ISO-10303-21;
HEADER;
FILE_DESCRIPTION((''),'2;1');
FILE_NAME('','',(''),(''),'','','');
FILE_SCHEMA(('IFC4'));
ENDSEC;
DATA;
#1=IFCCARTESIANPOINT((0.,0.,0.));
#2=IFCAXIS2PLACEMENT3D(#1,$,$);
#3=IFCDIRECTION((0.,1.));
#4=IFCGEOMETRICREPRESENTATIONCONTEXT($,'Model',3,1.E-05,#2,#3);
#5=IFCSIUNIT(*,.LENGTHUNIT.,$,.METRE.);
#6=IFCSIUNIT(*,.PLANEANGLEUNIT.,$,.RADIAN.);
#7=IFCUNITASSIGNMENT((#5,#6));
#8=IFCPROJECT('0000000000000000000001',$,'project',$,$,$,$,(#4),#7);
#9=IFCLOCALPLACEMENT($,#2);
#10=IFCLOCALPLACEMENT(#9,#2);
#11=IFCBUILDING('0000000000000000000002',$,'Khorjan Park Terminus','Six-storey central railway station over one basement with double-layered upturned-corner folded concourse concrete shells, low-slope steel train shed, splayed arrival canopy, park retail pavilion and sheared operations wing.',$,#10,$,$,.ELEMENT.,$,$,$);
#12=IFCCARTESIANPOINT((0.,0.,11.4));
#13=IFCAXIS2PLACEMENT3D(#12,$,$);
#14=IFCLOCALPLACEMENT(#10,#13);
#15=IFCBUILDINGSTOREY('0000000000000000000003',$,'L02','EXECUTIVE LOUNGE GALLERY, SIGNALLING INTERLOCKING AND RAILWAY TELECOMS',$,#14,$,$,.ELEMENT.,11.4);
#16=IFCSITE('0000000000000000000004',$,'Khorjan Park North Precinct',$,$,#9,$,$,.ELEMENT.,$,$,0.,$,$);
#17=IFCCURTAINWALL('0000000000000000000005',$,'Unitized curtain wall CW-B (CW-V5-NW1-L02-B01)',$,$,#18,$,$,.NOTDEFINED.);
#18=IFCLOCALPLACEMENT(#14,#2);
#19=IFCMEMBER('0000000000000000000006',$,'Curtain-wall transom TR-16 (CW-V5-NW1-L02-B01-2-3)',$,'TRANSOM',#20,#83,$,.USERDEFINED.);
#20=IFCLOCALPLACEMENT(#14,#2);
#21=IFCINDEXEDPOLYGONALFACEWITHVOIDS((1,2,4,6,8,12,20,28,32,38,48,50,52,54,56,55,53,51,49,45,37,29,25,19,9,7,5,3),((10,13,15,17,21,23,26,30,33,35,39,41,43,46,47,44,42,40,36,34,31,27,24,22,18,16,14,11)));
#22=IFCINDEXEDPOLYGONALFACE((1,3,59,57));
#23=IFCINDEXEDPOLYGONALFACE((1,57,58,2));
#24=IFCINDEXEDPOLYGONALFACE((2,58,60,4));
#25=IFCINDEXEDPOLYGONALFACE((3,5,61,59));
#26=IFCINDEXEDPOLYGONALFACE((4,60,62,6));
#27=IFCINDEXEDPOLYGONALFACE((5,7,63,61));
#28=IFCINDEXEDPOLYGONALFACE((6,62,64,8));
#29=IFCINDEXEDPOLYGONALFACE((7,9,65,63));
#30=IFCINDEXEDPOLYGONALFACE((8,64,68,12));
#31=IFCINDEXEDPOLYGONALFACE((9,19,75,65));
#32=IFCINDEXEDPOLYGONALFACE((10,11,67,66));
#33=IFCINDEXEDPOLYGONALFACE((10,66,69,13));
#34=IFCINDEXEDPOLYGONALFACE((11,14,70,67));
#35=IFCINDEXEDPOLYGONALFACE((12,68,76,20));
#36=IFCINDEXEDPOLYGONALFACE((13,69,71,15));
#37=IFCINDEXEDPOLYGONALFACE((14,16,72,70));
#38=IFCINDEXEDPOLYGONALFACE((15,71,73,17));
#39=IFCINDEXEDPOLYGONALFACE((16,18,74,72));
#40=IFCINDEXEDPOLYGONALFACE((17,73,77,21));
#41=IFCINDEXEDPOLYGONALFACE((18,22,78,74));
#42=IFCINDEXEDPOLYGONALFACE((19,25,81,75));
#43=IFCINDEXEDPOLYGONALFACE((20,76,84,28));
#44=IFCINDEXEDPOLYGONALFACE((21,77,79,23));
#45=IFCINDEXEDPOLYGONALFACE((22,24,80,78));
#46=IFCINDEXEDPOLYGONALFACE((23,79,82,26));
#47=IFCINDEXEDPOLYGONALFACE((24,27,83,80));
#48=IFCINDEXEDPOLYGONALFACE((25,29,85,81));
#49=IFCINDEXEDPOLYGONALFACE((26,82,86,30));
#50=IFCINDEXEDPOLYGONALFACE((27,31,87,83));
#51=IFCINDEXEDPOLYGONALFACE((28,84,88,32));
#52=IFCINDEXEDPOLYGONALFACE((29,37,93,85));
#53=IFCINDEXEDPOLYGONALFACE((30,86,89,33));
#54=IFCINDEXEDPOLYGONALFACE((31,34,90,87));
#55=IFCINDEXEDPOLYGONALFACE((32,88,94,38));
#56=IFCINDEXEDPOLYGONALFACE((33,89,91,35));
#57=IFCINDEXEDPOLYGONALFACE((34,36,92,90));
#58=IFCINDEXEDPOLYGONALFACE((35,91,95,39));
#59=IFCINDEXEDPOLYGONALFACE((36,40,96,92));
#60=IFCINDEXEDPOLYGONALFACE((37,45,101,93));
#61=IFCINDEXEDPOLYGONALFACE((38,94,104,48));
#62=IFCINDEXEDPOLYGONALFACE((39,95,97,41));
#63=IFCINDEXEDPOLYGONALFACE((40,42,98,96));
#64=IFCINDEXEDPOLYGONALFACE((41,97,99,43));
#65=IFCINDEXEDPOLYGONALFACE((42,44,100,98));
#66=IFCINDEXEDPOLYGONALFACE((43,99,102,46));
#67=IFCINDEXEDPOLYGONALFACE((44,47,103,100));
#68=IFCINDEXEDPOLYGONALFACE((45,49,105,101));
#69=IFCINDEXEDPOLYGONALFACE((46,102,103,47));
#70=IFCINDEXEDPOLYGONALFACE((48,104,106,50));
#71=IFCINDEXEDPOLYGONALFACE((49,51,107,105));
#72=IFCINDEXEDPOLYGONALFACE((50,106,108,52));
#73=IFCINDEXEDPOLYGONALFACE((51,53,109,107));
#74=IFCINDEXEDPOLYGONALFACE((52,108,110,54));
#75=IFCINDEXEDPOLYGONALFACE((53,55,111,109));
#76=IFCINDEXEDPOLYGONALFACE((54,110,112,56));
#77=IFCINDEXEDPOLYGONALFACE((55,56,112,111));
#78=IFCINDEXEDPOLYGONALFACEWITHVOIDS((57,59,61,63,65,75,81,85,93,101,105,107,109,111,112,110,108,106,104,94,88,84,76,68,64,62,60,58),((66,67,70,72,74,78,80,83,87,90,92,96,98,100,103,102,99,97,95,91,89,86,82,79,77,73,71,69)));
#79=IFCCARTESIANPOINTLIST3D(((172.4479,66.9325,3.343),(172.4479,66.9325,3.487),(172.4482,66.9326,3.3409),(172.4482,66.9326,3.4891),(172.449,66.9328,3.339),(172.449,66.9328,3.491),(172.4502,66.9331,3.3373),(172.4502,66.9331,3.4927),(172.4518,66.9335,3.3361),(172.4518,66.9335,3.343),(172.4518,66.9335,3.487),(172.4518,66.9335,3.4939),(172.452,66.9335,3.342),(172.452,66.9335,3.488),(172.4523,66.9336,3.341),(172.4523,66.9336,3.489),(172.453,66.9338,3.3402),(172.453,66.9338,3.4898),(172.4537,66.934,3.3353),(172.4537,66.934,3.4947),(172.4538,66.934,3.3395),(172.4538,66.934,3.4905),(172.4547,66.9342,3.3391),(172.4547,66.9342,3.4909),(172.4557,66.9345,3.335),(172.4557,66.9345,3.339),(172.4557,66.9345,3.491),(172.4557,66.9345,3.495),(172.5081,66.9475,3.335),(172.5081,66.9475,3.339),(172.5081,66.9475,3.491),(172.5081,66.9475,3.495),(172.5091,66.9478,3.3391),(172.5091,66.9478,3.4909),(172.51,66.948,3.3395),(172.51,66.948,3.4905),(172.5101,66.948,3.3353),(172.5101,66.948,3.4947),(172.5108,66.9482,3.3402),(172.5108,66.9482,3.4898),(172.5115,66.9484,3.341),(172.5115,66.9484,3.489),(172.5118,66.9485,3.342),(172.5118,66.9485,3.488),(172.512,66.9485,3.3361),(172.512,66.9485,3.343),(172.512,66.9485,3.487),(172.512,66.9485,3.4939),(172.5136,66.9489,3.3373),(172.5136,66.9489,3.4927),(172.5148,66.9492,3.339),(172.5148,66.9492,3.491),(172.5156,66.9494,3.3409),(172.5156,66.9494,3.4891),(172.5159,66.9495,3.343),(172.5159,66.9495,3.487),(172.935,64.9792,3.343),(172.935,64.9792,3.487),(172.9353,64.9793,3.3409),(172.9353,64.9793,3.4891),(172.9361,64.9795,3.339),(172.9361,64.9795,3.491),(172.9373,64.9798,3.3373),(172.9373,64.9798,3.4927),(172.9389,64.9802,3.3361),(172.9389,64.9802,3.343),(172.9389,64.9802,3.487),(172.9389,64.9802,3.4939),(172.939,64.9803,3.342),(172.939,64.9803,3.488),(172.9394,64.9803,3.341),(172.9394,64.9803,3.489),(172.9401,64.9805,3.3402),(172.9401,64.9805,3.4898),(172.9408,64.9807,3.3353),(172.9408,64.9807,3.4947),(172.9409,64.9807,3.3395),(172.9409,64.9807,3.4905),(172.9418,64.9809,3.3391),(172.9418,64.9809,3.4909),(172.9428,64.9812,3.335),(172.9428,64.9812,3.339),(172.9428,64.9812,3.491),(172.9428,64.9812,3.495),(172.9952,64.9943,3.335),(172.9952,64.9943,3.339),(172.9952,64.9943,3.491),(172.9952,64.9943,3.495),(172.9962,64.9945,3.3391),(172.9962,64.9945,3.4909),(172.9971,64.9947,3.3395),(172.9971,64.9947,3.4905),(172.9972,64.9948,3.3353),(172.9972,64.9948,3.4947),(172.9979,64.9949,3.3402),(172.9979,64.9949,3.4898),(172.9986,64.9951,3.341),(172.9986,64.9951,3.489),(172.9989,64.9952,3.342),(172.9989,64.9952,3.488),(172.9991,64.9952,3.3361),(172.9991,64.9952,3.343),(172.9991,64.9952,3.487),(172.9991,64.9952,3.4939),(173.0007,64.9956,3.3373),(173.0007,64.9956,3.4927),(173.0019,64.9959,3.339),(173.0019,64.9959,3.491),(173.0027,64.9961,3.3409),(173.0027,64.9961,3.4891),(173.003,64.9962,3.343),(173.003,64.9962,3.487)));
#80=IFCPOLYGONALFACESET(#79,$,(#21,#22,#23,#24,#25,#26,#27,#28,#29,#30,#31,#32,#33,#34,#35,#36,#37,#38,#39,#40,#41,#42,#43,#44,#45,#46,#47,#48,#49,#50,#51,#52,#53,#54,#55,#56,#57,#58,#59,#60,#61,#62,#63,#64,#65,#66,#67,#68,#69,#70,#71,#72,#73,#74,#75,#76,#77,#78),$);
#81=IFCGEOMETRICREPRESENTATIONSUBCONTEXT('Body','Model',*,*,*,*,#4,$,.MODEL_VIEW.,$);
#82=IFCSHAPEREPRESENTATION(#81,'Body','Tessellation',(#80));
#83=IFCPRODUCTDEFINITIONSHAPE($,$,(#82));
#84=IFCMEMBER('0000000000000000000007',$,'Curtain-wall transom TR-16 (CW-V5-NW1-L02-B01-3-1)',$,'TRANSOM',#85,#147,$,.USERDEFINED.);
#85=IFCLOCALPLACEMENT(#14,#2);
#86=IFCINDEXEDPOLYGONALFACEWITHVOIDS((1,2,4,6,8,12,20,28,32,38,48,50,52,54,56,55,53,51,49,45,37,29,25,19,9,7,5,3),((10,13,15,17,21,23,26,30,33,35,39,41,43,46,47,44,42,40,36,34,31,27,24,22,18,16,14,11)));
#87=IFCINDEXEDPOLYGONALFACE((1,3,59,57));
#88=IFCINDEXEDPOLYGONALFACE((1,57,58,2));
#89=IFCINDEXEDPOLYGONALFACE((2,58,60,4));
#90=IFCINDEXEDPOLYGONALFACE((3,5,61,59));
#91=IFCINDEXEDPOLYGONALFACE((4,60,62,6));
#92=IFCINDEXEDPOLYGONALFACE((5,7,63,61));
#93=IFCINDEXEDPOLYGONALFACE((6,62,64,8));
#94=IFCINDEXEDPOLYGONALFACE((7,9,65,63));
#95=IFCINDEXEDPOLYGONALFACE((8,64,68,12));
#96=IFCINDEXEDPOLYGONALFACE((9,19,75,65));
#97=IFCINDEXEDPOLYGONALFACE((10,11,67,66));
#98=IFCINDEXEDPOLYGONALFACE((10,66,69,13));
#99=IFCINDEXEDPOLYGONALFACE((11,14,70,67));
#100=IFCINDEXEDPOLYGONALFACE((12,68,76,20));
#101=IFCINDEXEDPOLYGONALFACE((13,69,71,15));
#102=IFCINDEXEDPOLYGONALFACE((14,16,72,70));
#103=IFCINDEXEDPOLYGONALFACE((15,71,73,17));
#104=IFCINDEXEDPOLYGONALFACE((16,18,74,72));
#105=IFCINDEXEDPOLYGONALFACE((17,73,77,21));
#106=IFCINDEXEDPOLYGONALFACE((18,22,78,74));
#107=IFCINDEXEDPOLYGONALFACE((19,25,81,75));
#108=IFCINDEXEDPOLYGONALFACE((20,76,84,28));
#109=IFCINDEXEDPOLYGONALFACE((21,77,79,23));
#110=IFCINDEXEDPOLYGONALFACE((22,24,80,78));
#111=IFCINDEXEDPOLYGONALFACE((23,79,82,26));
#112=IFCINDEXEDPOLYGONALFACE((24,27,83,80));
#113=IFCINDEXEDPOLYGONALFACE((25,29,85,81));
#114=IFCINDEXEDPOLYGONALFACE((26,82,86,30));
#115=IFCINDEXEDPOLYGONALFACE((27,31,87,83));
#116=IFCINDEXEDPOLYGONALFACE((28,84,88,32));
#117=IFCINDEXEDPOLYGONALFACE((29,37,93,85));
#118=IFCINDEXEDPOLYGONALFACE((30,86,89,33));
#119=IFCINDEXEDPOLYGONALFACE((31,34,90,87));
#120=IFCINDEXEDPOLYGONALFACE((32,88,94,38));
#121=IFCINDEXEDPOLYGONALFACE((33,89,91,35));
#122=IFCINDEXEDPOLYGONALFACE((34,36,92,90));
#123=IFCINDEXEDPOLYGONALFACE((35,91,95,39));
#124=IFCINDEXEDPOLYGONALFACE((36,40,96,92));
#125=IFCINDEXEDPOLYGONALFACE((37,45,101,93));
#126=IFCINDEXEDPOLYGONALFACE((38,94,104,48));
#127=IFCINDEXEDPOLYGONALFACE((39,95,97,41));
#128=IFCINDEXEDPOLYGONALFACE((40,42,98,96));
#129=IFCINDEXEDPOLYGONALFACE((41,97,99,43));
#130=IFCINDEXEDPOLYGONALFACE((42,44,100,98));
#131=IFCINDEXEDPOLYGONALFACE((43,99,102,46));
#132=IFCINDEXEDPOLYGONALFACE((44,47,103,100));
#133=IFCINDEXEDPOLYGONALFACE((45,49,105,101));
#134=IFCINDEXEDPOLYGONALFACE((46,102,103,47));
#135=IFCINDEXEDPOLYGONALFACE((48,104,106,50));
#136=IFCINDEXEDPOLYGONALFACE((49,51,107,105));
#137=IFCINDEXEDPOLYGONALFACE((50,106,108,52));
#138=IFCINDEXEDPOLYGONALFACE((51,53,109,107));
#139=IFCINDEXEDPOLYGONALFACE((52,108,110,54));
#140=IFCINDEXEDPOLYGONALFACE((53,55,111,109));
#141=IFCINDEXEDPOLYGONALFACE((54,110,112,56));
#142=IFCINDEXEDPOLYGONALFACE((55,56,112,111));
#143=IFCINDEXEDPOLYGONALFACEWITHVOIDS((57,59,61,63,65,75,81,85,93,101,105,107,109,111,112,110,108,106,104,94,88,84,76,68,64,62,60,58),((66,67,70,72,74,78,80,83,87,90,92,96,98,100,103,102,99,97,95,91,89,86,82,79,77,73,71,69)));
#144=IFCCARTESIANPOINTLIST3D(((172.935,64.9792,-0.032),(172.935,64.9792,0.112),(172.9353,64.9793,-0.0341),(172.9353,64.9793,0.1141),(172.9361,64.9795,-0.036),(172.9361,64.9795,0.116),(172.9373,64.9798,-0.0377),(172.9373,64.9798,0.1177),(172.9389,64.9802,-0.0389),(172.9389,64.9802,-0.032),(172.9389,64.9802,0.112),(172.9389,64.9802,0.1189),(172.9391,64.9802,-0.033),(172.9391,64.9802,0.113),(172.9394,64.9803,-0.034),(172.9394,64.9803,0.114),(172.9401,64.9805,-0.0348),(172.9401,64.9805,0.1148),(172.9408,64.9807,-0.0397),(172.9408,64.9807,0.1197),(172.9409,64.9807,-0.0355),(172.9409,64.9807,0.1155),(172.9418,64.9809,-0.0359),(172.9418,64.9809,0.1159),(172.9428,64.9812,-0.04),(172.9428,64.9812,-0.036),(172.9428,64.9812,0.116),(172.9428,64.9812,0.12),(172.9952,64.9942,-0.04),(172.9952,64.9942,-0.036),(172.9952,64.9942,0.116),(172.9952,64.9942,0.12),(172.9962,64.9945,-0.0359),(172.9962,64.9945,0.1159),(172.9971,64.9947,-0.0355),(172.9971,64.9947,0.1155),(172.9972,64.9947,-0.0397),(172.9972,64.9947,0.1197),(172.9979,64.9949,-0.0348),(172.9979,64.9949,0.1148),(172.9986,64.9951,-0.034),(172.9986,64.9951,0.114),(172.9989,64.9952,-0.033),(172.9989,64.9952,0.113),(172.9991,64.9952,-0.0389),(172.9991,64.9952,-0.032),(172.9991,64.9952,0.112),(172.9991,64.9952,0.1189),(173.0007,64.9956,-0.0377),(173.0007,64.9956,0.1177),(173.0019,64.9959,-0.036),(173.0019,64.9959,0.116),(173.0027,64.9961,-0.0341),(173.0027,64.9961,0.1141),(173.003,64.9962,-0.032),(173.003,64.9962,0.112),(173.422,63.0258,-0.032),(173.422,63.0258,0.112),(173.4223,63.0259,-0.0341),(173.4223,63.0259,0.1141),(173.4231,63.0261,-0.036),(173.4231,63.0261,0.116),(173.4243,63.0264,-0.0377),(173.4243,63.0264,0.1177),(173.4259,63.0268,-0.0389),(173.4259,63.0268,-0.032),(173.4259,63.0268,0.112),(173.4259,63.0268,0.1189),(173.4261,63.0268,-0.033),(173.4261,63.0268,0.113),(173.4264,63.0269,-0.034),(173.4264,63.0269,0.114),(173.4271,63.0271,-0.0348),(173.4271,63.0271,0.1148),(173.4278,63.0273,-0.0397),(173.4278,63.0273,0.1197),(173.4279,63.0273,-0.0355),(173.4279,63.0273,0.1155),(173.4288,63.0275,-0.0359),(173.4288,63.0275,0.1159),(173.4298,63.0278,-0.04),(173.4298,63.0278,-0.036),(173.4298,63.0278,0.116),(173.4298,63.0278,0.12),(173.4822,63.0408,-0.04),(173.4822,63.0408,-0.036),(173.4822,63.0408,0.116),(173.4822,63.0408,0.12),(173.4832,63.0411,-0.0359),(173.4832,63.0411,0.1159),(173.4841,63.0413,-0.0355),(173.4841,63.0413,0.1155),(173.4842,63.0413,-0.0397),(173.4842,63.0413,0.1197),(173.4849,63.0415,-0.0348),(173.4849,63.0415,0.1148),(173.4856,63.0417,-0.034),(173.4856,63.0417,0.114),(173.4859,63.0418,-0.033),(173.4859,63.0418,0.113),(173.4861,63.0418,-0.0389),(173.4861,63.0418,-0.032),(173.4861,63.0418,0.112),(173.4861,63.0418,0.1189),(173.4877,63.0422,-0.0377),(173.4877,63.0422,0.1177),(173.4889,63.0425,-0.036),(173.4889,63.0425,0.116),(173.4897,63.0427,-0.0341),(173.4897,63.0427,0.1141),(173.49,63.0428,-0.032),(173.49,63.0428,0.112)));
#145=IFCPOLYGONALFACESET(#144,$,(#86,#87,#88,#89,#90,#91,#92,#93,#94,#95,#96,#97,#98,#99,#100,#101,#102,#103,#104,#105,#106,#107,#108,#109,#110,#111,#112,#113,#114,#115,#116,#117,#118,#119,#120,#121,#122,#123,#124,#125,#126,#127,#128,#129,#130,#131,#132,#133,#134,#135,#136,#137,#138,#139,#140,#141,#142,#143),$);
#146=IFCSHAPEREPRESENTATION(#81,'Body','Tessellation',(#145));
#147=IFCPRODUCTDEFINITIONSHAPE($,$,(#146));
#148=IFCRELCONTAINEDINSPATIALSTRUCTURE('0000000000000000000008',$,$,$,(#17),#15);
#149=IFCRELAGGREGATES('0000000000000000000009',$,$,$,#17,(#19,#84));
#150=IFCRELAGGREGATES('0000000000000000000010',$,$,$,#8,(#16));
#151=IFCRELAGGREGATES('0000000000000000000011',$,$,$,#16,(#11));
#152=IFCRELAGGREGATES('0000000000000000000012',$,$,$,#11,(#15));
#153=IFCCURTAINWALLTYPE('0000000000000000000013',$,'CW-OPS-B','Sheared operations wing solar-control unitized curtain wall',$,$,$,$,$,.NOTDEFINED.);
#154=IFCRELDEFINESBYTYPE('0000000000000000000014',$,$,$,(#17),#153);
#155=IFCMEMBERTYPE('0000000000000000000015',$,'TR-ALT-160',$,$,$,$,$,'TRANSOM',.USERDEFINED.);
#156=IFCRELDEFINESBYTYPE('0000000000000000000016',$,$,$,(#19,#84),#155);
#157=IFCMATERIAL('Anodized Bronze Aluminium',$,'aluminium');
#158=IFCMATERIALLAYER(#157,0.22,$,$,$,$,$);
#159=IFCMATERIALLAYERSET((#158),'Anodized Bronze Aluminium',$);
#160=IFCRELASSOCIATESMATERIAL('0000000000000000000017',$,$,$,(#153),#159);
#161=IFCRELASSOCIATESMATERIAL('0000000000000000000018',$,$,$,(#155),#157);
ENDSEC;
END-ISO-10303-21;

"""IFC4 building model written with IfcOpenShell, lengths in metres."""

from ifc_helpers import new_model, si_unit, direction, frame, origin, origin_2d, place, context, subcontext, project, spatial, hollow_rectangle, extrude, material, layer, layer_set, material_profile, profile_set, type_object, element, aggregate, save


model = new_model("IFC4")

# Units and contexts
model_context = context("Model", 3, precision=1e-05, world=origin(), true_north=direction((0.0, 1.0)))
body_context = subcontext(model_context, "Body", "Model", "MODEL_VIEW")
ifc_project = project(units=[si_unit("LENGTHUNIT", "METRE"), si_unit("PLANEANGLEUNIT", "RADIAN")], contexts=[model_context])

# Site, building, storey
site_placement = place(None, origin())
site = spatial("IfcSite", under=ifc_project, at=site_placement, Name="Khorjan Park North Precinct", CompositionType="ELEMENT", RefElevation=0.0)
building_placement = place(site_placement, origin())
building = spatial("IfcBuilding", under=site, at=building_placement, Name="Khorjan Park Terminus", Description="Six-storey central railway station over one basement with double-layered upturned-corner folded concourse concrete shells, low-slope steel train shed, splayed arrival canopy, park retail pavilion and sheared operations wing.", CompositionType="ELEMENT")
storey_placement = place(building_placement, frame((0.0, 0.0, 11.4)))
storey = spatial("IfcBuildingStorey", under=building, at=storey_placement, Name="L02", Description="EXECUTIVE LOUNGE GALLERY, SIGNALLING INTERLOCKING AND RAILWAY TELECOMS", CompositionType="ELEMENT", Elevation=11.4)

# Curtain wall, members
ifc_material_1 = material(Name="Anodized Bronze Aluminium", Category="aluminium")
ifc_layer_1 = layer(ifc_material_1, 0.22)
ifc_layer_set_1 = layer_set([ifc_layer_1], Name="Anodized Bronze Aluminium")
curtain_wall_type = type_object("IfcCurtainWallType", Name="CW-OPS-B", Description="Sheared operations wing solar-control unitized curtain wall", PredefinedType="NOTDEFINED", material=ifc_layer_set_1)
curtain_wall_placement = place(storey_placement, origin())
curtain_wall = element("IfcCurtainWall", 1, at=curtain_wall_placement, inside=storey, type_object=curtain_wall_type, Name="Unitized curtain wall CW-B (CW-V5-NW1-L02-B01)", PredefinedType="NOTDEFINED")
ifc_material_profile_1 = material_profile(ifc_material_1, hollow_rectangle(XDim=0.07, YDim=0.16, WallThickness=0.004, InnerFilletRadius=0.004, OuterFilletRadius=0.008, at=origin_2d()), Name="ALT 70x160x4")
ifc_profile_set_1 = profile_set([ifc_material_profile_1], Name="Anodized Bronze Aluminium")
member_type_1 = type_object("IfcMemberType", Name="TR-ALT-160", ElementType="TRANSOM", PredefinedType="USERDEFINED", material=ifc_profile_set_1)
member_1_placement = place(storey_placement, frame((172.4819, 66.941, 3.415), z_axis=(0.241963, -0.970286, 0.0), x_axis=(0.970286, 0.241963, 0.0)))
member_1 = element("IfcMember", 2, at=member_1_placement, type_object=member_type_1, Name="Curtain-wall transom TR-16 (CW-V5-NW1-L02-B01-2-3)", ObjectType="TRANSOM", PredefinedType="USERDEFINED", context=body_context, shape_type="SweptSolid", body=[
    extrude(hollow_rectangle(XDim=0.07, YDim=0.16, WallThickness=0.004, InnerFilletRadius=0.004, OuterFilletRadius=0.008, at=origin_2d()), origin(), (0.0, 0.0, 1.0), 2.0131),
])
member_2_placement = place(storey_placement, frame((172.969, 64.9877, 0.04), z_axis=(0.241904, -0.9703, 0.0), x_axis=(0.9703, 0.241904, 0.0)))
member_2 = element("IfcMember", 3, at=member_2_placement, type_object=member_type_1, Name="Curtain-wall transom TR-16 (CW-V5-NW1-L02-B01-3-1)", ObjectType="TRANSOM", PredefinedType="USERDEFINED", context=body_context, shape_type="SweptSolid", body=[
    extrude(hollow_rectangle(XDim=0.07, YDim=0.16, WallThickness=0.004, InnerFilletRadius=0.004, OuterFilletRadius=0.008, at=origin_2d()), origin(), (0.0, 0.0, 1.0), 2.0132),
])
aggregate(curtain_wall, [member_1, member_2])

save(model, "model.ifc")
